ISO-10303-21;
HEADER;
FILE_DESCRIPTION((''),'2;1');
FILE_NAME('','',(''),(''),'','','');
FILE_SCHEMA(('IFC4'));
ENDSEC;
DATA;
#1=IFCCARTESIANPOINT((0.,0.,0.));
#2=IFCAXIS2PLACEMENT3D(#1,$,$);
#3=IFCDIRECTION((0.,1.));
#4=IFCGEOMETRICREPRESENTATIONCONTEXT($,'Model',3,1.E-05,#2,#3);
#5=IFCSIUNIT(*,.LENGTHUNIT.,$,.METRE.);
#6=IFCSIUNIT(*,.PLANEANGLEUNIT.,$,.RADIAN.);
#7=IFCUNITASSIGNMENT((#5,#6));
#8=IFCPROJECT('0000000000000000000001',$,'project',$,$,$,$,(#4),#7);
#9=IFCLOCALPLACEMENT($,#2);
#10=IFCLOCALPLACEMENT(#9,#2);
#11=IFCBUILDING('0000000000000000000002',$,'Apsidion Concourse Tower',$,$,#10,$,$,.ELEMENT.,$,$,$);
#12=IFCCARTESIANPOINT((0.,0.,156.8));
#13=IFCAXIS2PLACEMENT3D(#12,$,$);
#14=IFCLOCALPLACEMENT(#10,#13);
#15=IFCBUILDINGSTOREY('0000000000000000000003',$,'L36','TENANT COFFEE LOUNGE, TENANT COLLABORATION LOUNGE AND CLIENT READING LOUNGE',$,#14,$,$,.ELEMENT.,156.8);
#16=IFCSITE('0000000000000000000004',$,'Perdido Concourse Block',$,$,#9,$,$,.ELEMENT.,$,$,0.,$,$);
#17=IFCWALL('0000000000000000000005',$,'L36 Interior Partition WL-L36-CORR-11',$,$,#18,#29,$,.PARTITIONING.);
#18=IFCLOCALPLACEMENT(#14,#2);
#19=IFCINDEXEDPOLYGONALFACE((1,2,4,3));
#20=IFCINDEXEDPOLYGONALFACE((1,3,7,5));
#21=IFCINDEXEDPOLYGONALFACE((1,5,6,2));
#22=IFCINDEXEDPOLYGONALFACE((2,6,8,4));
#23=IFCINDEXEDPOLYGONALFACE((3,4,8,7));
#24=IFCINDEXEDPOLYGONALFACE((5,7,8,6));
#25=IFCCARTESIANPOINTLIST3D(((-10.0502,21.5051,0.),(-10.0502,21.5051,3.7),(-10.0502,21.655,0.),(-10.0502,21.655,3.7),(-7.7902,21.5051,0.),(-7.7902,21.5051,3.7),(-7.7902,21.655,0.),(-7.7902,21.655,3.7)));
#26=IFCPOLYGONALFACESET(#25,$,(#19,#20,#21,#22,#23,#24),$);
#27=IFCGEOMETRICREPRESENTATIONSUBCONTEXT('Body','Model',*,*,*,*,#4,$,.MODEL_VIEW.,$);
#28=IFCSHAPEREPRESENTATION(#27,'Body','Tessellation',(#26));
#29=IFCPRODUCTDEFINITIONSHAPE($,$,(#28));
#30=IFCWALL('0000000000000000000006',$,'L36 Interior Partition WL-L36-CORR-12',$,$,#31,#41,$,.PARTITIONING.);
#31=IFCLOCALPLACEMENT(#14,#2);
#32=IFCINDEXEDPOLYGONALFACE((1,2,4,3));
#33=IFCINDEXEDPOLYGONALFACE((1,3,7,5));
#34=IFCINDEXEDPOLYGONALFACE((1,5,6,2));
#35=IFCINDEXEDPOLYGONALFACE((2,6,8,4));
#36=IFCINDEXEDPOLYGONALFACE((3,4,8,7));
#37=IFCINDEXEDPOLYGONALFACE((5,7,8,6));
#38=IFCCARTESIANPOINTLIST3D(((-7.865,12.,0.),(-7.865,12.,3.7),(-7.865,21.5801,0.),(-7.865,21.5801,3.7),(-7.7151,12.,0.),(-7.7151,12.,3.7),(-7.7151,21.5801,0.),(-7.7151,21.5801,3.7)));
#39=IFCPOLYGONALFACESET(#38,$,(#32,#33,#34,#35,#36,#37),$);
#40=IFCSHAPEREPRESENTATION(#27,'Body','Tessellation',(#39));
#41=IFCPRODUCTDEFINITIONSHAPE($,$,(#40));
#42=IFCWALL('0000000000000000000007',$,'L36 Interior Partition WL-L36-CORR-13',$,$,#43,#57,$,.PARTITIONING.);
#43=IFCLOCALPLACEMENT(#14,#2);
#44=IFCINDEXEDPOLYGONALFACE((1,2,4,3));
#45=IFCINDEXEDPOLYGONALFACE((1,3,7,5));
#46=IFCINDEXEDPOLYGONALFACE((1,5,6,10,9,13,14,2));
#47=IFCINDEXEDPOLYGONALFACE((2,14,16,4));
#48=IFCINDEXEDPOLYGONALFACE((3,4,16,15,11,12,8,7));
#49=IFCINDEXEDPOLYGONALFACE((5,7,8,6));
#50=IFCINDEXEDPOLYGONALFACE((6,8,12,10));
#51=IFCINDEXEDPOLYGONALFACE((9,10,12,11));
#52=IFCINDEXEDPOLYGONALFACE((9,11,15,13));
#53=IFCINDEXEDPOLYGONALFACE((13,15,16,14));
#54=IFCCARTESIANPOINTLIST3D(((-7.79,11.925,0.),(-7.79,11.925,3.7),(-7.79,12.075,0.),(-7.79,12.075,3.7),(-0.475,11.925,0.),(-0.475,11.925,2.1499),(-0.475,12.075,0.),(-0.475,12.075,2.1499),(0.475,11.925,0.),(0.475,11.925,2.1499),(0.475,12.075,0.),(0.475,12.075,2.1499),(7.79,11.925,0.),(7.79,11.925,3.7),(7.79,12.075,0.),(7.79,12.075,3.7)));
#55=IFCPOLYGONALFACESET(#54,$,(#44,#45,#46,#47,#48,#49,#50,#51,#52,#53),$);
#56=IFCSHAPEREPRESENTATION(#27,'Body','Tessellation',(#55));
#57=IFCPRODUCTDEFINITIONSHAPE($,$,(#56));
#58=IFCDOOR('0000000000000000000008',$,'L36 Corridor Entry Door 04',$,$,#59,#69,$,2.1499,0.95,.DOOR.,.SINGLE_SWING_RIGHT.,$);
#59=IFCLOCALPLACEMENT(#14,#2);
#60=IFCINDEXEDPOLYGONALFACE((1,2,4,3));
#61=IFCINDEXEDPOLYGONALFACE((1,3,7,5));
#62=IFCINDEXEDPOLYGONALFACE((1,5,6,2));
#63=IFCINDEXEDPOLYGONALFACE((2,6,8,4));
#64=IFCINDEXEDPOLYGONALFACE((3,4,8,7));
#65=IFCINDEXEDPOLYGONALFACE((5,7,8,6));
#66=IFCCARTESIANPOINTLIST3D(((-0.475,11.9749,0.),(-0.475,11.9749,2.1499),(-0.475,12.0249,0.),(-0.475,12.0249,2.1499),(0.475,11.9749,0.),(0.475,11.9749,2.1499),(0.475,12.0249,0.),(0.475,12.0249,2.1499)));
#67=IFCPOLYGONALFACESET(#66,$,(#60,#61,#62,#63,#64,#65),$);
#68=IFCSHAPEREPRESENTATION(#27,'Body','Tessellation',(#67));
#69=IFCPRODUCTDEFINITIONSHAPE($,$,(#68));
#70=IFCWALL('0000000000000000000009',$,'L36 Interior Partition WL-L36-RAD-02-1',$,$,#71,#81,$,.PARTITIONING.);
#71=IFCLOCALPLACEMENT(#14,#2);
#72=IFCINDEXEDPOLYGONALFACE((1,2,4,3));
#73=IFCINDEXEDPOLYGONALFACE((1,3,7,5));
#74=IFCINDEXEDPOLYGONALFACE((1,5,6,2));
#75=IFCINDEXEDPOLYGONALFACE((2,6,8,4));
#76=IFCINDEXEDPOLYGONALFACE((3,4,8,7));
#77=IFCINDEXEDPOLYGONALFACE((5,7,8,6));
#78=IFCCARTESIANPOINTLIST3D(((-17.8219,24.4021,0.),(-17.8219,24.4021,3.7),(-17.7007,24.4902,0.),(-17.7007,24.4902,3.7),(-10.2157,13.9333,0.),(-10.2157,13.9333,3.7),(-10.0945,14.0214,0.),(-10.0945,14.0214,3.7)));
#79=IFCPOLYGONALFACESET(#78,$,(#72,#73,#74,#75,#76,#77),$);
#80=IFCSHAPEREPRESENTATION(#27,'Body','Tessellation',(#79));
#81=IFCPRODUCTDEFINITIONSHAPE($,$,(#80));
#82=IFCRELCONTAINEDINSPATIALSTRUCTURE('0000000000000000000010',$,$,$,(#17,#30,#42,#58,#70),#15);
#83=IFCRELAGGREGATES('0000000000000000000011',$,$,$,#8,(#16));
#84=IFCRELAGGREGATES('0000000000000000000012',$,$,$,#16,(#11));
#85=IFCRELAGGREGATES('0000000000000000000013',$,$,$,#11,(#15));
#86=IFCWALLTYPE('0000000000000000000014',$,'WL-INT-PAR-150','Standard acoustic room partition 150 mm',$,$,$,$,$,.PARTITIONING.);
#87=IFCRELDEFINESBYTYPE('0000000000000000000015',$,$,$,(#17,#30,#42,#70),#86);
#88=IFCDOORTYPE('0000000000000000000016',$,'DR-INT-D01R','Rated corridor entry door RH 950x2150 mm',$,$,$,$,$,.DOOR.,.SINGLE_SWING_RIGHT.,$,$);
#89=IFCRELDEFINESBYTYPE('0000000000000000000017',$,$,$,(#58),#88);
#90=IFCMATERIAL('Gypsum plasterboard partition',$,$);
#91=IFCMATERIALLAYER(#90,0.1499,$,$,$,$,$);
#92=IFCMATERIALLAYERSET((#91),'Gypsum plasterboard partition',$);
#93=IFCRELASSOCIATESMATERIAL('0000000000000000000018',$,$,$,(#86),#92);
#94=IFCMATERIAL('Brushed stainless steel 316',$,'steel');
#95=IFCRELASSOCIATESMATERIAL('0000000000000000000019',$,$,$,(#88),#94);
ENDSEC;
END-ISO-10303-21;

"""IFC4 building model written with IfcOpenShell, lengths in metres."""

from ifc_helpers import new_model, si_unit, direction, frame, frame_2d, origin, place, context, subcontext, project, spatial, rectangle, extrude, material, layer, layer_set, type_object, element, fill, save


model = new_model("IFC4")

# Units and contexts
model_context = context("Model", 3, precision=1e-05, world=origin(), true_north=direction((0.0, 1.0)))
body_context = subcontext(model_context, "Body", "Model", "MODEL_VIEW")
ifc_project = project(units=[si_unit("LENGTHUNIT", "METRE"), si_unit("PLANEANGLEUNIT", "RADIAN")], contexts=[model_context])

# Site, building, storey
site_placement = place(None, origin())
site = spatial("IfcSite", under=ifc_project, at=site_placement, Name="Perdido Concourse Block", CompositionType="ELEMENT", RefElevation=0.0)
building_placement = place(site_placement, origin())
building = spatial("IfcBuilding", under=site, at=building_placement, Name="Apsidion Concourse Tower", CompositionType="ELEMENT")
storey_placement = place(building_placement, frame((0.0, 0.0, 156.8)))
storey = spatial("IfcBuildingStorey", under=building, at=storey_placement, Name="L36", Description="TENANT COFFEE LOUNGE, TENANT COLLABORATION LOUNGE AND CLIENT READING LOUNGE", CompositionType="ELEMENT", Elevation=156.8)

# Walls
ifc_material_1 = material(Name="Gypsum plasterboard partition")
ifc_layer_1 = layer(ifc_material_1, 0.1499)
ifc_layer_set_1 = layer_set([ifc_layer_1], Name="Gypsum plasterboard partition")
wall_type_1 = type_object("IfcWallType", Name="WL-INT-PAR-150", Description="Standard acoustic room partition 150 mm", PredefinedType="PARTITIONING", material=ifc_layer_set_1)
wall_1_placement = place(storey_placement, frame((-10.05, 21.5801, 0.0), z_axis=(0.0, 0.0, 1.0), x_axis=(1.0, 0.0, 0.0)))
element("IfcWall", 1, at=wall_1_placement, inside=storey, type_object=wall_type_1, Name="L36 Interior Partition WL-L36-CORR-11", PredefinedType="PARTITIONING", context=body_context, shape_type="SweptSolid", body=[
    extrude(rectangle(XDim=2.26, YDim=0.1499, at=frame_2d((1.1299, 0.0))), origin(), (0.0, 0.0, 1.0), 3.7),
])
wall_2_placement = place(storey_placement, frame((-7.79, 21.5801, 0.0), z_axis=(0.0, 0.0, 1.0), x_axis=(0.0, -1.0, 0.0)))
element("IfcWall", 2, at=wall_2_placement, inside=storey, type_object=wall_type_1, Name="L36 Interior Partition WL-L36-CORR-12", PredefinedType="PARTITIONING", context=body_context, shape_type="SweptSolid", body=[
    extrude(rectangle(XDim=9.5801, YDim=0.1499, at=frame_2d((4.79, 0.0))), origin(), (0.0, 0.0, 1.0), 3.7),
])

# Wall, opening, door
wall_3_placement = place(storey_placement, frame((-7.79, 12.0, 0.0), z_axis=(0.0, 0.0, 1.0), x_axis=(1.0, 0.0, 0.0)))
wall_3 = element("IfcWall", 3, at=wall_3_placement, inside=storey, type_object=wall_type_1, Name="L36 Interior Partition WL-L36-CORR-13", PredefinedType="PARTITIONING", context=body_context, shape_type="SweptSolid", body=[
    extrude(rectangle(XDim=15.5801, YDim=0.1499, at=frame_2d((7.79, 0.0))), origin(), (0.0, 0.0, 1.0), 3.7),
])
opening_1_placement = place(wall_3_placement, frame((7.3149, 0.0, 0.0)))
opening_1 = element("IfcOpeningElement", 4, at=opening_1_placement, cuts=wall_3, PredefinedType="OPENING", context=body_context, shape_type="SweptSolid", body=[
    extrude(rectangle(XDim=0.95, YDim=2.1499, at=frame_2d((0.4751, 1.075))), frame((0.0, 0.085, 0.0), z_axis=(0.0, -1.0, 0.0), x_axis=(1.0, 0.0, 0.0)), (0.0, 0.0, 1.0), 0.1699),
])
ifc_material_2 = material(Name="Brushed stainless steel 316", Category="steel")
door_type_1 = type_object("IfcDoorType", Name="DR-INT-D01R", Description="Rated corridor entry door RH 950x2150 mm", OperationType="SINGLE_SWING_RIGHT", PredefinedType="DOOR", material=ifc_material_2)
door_1_placement = place(opening_1_placement, origin())
door_1 = element("IfcDoor", 5, at=door_1_placement, inside=storey, type_object=door_type_1, Name="L36 Corridor Entry Door 04", OperationType="SINGLE_SWING_RIGHT", OverallHeight=2.1499, OverallWidth=0.95, PredefinedType="DOOR", context=body_context, shape_type="SweptSolid", body=[
    extrude(rectangle(XDim=0.95, YDim=2.1499, at=frame_2d((0.4751, 1.075))), frame((0.0, 0.0249, 0.0), z_axis=(0.0, -1.0, 0.0), x_axis=(1.0, 0.0, 0.0)), (0.0, 0.0, 1.0), 0.05),
])
fill(opening_1, door_1)

# Wall
wall_4_placement = place(storey_placement, frame((-10.155, 13.9773, 0.0), z_axis=(0.0, 0.0, 1.0), x_axis=(-0.587796, 0.809009, 0.0)))
element("IfcWall", 6, at=wall_4_placement, inside=storey, type_object=wall_type_1, Name="L36 Interior Partition WL-L36-RAD-02-1", PredefinedType="PARTITIONING", context=body_context, shape_type="SweptSolid", body=[
    extrude(rectangle(XDim=12.9402, YDim=0.1499, at=frame_2d((6.4702, 0.0))), origin(), (0.0, 0.0, 1.0), 3.7),
])

save(model, "model.ifc")
